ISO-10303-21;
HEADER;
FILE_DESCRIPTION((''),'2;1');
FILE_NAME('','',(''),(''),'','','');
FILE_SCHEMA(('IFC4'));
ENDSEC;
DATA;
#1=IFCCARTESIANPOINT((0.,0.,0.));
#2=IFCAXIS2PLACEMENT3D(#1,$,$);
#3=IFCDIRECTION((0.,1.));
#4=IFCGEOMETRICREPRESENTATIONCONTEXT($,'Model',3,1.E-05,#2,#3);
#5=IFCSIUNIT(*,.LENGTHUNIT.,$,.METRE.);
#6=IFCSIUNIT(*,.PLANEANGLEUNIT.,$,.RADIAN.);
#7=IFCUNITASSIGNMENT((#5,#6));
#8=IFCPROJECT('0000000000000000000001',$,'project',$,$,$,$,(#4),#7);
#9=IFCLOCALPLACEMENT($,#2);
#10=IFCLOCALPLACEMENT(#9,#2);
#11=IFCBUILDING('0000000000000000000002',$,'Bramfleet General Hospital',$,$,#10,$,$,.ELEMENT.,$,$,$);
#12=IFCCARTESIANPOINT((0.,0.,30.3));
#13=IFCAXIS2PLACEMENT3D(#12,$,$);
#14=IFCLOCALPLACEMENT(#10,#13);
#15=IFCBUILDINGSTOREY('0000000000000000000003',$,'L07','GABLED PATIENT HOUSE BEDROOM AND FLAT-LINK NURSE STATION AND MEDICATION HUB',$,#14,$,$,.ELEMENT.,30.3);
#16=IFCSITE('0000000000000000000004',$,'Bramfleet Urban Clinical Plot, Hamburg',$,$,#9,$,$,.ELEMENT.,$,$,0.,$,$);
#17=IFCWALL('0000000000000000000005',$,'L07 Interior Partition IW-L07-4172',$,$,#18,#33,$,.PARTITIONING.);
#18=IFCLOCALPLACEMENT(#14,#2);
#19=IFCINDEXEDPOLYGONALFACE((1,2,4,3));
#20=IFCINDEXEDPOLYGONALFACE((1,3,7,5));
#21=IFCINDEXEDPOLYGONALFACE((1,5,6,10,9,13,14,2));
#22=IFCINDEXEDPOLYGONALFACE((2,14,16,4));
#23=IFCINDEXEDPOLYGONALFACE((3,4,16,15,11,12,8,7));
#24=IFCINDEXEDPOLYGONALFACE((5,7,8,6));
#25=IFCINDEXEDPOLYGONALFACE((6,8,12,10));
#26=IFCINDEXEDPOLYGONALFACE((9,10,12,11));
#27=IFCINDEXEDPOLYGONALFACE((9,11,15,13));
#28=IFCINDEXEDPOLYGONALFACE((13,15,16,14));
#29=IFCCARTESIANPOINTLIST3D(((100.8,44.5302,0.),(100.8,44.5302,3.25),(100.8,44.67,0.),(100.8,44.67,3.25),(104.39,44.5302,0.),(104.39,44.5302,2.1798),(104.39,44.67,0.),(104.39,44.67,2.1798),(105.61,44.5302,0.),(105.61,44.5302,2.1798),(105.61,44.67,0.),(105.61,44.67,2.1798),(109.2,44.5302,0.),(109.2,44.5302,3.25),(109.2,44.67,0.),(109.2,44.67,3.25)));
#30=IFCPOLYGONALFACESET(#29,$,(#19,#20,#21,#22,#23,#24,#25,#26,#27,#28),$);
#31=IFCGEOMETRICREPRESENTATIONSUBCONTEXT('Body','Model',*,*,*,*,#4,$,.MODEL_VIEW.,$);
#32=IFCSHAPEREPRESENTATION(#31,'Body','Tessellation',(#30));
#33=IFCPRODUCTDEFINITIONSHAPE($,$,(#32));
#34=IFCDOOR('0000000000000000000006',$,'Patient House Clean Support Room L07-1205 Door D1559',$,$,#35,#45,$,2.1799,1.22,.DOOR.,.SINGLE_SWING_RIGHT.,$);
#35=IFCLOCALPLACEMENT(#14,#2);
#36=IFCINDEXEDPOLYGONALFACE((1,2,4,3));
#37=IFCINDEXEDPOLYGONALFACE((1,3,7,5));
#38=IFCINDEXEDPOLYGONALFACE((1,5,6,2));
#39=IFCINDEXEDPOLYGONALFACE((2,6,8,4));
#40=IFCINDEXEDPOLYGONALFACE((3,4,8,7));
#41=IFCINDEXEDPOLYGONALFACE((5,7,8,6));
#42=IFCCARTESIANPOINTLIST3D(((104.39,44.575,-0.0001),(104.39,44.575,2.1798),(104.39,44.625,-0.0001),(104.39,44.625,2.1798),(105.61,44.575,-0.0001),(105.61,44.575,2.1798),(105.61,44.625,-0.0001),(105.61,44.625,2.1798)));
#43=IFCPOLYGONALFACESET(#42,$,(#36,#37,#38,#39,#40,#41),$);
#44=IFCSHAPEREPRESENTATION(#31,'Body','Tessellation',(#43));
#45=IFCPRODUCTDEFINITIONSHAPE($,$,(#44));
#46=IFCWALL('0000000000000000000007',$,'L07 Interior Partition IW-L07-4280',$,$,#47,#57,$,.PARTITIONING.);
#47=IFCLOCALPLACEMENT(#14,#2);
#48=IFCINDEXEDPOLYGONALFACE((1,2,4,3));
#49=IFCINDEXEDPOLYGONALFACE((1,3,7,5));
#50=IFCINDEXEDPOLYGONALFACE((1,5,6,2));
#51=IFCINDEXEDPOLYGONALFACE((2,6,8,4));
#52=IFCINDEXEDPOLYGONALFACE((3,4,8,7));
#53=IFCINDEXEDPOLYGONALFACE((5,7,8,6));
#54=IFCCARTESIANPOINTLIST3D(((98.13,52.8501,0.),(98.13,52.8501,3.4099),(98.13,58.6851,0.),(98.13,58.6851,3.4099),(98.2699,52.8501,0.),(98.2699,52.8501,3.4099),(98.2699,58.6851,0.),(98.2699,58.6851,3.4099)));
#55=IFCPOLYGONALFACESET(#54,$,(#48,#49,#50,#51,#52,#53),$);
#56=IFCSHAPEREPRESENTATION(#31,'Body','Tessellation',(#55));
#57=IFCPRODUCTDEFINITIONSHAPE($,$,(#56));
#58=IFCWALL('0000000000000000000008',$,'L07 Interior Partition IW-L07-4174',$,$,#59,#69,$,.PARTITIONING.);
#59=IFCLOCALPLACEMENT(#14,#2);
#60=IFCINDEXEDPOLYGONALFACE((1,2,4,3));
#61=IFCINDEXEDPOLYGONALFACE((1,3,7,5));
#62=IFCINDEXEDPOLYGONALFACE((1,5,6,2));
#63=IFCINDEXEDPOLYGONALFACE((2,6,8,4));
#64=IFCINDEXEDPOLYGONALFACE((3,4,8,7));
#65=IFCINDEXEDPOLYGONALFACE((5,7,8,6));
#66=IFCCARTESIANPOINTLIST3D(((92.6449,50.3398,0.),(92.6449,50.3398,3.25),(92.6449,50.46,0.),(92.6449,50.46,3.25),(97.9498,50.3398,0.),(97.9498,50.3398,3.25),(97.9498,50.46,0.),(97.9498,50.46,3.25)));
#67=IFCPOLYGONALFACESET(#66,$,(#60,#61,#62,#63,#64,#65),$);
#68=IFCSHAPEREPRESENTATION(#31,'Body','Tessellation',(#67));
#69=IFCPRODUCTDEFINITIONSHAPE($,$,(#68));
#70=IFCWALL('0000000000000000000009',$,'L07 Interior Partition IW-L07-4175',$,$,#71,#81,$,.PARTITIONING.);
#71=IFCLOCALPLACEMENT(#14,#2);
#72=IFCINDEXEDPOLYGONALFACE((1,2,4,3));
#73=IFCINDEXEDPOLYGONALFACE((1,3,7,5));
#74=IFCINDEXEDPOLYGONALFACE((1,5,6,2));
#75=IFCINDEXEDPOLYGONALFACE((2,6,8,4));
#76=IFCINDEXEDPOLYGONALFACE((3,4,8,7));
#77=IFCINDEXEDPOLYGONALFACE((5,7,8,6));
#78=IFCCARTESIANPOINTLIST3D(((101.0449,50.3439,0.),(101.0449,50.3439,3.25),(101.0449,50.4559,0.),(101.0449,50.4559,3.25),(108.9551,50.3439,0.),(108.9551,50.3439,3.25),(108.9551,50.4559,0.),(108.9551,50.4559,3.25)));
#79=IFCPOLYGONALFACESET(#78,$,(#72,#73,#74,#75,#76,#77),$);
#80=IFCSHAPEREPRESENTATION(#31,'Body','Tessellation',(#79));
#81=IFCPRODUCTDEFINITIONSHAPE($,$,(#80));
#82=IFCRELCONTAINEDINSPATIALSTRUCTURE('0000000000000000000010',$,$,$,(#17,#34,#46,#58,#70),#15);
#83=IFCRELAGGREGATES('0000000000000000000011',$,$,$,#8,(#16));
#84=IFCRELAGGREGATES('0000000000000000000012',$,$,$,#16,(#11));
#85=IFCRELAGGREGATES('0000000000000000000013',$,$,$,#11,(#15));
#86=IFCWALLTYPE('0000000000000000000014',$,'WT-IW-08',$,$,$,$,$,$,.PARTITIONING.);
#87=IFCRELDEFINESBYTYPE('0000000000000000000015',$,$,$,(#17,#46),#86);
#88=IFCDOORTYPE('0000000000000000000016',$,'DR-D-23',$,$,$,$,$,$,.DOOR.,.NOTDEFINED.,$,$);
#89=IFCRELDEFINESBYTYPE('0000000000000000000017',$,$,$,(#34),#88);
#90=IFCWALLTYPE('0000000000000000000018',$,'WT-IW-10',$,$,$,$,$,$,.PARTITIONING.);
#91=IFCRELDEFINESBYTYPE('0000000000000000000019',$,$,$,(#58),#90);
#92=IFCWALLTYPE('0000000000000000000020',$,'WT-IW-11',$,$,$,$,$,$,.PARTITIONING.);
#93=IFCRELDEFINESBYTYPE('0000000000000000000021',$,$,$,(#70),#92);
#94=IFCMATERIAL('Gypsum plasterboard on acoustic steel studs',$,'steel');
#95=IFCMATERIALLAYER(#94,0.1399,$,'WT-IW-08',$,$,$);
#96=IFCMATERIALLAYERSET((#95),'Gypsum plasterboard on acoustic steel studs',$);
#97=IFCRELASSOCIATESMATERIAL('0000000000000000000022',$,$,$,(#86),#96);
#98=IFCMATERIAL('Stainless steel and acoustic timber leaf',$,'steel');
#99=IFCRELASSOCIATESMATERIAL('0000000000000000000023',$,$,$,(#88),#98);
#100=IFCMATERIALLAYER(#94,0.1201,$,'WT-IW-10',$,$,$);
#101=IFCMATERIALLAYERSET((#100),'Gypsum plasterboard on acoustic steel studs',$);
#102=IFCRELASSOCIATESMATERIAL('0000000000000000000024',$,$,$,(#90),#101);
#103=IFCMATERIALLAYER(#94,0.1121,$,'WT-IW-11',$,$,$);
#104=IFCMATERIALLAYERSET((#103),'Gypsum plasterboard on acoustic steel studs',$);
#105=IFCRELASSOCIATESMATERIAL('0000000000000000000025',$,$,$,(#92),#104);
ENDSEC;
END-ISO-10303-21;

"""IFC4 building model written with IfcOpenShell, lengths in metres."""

from ifc_helpers import new_model, si_unit, direction, frame, frame_2d, origin, place, context, subcontext, project, spatial, rectangle, extrude, material, layer, layer_set, type_object, element, fill, save


model = new_model("IFC4")

# Units and contexts
model_context = context("Model", 3, precision=1e-05, world=origin(), true_north=direction((0.0, 1.0)))
body_context = subcontext(model_context, "Body", "Model", "MODEL_VIEW")
ifc_project = project(units=[si_unit("LENGTHUNIT", "METRE"), si_unit("PLANEANGLEUNIT", "RADIAN")], contexts=[model_context])

# Site, building, storey
site_placement = place(None, origin())
site = spatial("IfcSite", under=ifc_project, at=site_placement, Name="Bramfleet Urban Clinical Plot, Hamburg", CompositionType="ELEMENT", RefElevation=0.0)
building_placement = place(site_placement, origin())
building = spatial("IfcBuilding", under=site, at=building_placement, Name="Bramfleet General Hospital", CompositionType="ELEMENT")
storey_placement = place(building_placement, frame((0.0, 0.0, 30.3)))
storey = spatial("IfcBuildingStorey", under=building, at=storey_placement, Name="L07", Description="GABLED PATIENT HOUSE BEDROOM AND FLAT-LINK NURSE STATION AND MEDICATION HUB", CompositionType="ELEMENT", Elevation=30.3)

# Shared definitions
ifc_material_1 = material(Name="Stainless steel and acoustic timber leaf", Category="steel")

# Shared definitions
ifc_material_2 = material(Name="Gypsum plasterboard on acoustic steel studs", Category="steel")

# Wall, opening, door
ifc_layer_1 = layer(ifc_material_2, 0.1399, Name="WT-IW-08")
ifc_layer_set_1 = layer_set([ifc_layer_1], Name="Gypsum plasterboard on acoustic steel studs")
wall_type_1 = type_object("IfcWallType", Name="WT-IW-08", PredefinedType="PARTITIONING", material=ifc_layer_set_1)
wall_1_placement = place(storey_placement, frame((100.8, 44.6001, 0.0), z_axis=(0.0, 0.0, 1.0), x_axis=(1.0, 0.0, 0.0)))
wall_1 = element("IfcWall", 1, at=wall_1_placement, inside=storey, type_object=wall_type_1, Name="L07 Interior Partition IW-L07-4172", PredefinedType="PARTITIONING", context=body_context, shape_type="SweptSolid", body=[
    extrude(rectangle(XDim=8.3999, YDim=0.1399, at=frame_2d((4.2, 0.0))), origin(), (0.0, 0.0, 1.0), 3.25),
])
opening_1_placement = place(wall_1_placement, frame((3.5901, 0.0, 0.0)))
opening_1 = element("IfcOpeningElement", 2, at=opening_1_placement, cuts=wall_1, PredefinedType="OPENING", context=body_context, shape_type="SweptSolid", body=[
    extrude(rectangle(XDim=1.22, YDim=2.1799, at=frame_2d((0.6099, 1.0898))), frame((0.0, 0.0798, 0.0), z_axis=(0.0, -1.0, 0.0), x_axis=(1.0, 0.0, 0.0)), (0.0, 0.0, 1.0), 0.1599),
])
door_type_1 = type_object("IfcDoorType", Name="DR-D-23", OperationType="NOTDEFINED", PredefinedType="DOOR", material=ifc_material_1)
door_1_placement = place(opening_1_placement, origin())
door_1 = element("IfcDoor", 3, at=door_1_placement, inside=storey, type_object=door_type_1, Name="Patient House Clean Support Room L07-1205 Door D1559", OperationType="SINGLE_SWING_RIGHT", OverallHeight=2.1799, OverallWidth=1.22, PredefinedType="DOOR", context=body_context, shape_type="SweptSolid", body=[
    extrude(rectangle(XDim=1.22, YDim=2.1799, at=frame_2d((0.6099, 1.0898))), frame((0.0, 0.0249, 0.0), z_axis=(0.0, -1.0, 0.0), x_axis=(1.0, 0.0, 0.0)), (0.0, 0.0, 1.0), 0.05),
])
fill(opening_1, door_1)

# Walls
wall_2_placement = place(storey_placement, frame((98.2, 52.8501, 0.0), z_axis=(0.0, 0.0, 1.0), x_axis=(0.0, 1.0, 0.0)))
element("IfcWall", 4, at=wall_2_placement, inside=storey, type_object=wall_type_1, Name="L07 Interior Partition IW-L07-4280", PredefinedType="PARTITIONING", context=body_context, shape_type="SweptSolid", body=[
    extrude(rectangle(XDim=5.835, YDim=0.1399, at=frame_2d((2.9175, 0.0))), origin(), (0.0, 0.0, 1.0), 3.4099),
])
ifc_layer_2 = layer(ifc_material_2, 0.1201, Name="WT-IW-10")
ifc_layer_set_2 = layer_set([ifc_layer_2], Name="Gypsum plasterboard on acoustic steel studs")
wall_type_2 = type_object("IfcWallType", Name="WT-IW-10", PredefinedType="PARTITIONING", material=ifc_layer_set_2)
wall_3_placement = place(storey_placement, frame((92.645, 50.3999, 0.0), z_axis=(0.0, 0.0, 1.0), x_axis=(1.0, 0.0, 0.0)))
element("IfcWall", 5, at=wall_3_placement, inside=storey, type_object=wall_type_2, Name="L07 Interior Partition IW-L07-4174", PredefinedType="PARTITIONING", context=body_context, shape_type="SweptSolid", body=[
    extrude(rectangle(XDim=5.3049, YDim=0.1201, at=frame_2d((2.6523, 0.0))), origin(), (0.0, 0.0, 1.0), 3.25),
])
ifc_layer_3 = layer(ifc_material_2, 0.1121, Name="WT-IW-11")
ifc_layer_set_3 = layer_set([ifc_layer_3], Name="Gypsum plasterboard on acoustic steel studs")
wall_type_3 = type_object("IfcWallType", Name="WT-IW-11", PredefinedType="PARTITIONING", material=ifc_layer_set_3)
wall_4_placement = place(storey_placement, frame((101.0449, 50.3999, 0.0), z_axis=(0.0, 0.0, 1.0), x_axis=(1.0, 0.0, 0.0)))
element("IfcWall", 6, at=wall_4_placement, inside=storey, type_object=wall_type_3, Name="L07 Interior Partition IW-L07-4175", PredefinedType="PARTITIONING", context=body_context, shape_type="SweptSolid", body=[
    extrude(rectangle(XDim=7.9102, YDim=0.1121, at=frame_2d((3.9551, 0.0))), origin(), (0.0, 0.0, 1.0), 3.25),
])

save(model, "model.ifc")
